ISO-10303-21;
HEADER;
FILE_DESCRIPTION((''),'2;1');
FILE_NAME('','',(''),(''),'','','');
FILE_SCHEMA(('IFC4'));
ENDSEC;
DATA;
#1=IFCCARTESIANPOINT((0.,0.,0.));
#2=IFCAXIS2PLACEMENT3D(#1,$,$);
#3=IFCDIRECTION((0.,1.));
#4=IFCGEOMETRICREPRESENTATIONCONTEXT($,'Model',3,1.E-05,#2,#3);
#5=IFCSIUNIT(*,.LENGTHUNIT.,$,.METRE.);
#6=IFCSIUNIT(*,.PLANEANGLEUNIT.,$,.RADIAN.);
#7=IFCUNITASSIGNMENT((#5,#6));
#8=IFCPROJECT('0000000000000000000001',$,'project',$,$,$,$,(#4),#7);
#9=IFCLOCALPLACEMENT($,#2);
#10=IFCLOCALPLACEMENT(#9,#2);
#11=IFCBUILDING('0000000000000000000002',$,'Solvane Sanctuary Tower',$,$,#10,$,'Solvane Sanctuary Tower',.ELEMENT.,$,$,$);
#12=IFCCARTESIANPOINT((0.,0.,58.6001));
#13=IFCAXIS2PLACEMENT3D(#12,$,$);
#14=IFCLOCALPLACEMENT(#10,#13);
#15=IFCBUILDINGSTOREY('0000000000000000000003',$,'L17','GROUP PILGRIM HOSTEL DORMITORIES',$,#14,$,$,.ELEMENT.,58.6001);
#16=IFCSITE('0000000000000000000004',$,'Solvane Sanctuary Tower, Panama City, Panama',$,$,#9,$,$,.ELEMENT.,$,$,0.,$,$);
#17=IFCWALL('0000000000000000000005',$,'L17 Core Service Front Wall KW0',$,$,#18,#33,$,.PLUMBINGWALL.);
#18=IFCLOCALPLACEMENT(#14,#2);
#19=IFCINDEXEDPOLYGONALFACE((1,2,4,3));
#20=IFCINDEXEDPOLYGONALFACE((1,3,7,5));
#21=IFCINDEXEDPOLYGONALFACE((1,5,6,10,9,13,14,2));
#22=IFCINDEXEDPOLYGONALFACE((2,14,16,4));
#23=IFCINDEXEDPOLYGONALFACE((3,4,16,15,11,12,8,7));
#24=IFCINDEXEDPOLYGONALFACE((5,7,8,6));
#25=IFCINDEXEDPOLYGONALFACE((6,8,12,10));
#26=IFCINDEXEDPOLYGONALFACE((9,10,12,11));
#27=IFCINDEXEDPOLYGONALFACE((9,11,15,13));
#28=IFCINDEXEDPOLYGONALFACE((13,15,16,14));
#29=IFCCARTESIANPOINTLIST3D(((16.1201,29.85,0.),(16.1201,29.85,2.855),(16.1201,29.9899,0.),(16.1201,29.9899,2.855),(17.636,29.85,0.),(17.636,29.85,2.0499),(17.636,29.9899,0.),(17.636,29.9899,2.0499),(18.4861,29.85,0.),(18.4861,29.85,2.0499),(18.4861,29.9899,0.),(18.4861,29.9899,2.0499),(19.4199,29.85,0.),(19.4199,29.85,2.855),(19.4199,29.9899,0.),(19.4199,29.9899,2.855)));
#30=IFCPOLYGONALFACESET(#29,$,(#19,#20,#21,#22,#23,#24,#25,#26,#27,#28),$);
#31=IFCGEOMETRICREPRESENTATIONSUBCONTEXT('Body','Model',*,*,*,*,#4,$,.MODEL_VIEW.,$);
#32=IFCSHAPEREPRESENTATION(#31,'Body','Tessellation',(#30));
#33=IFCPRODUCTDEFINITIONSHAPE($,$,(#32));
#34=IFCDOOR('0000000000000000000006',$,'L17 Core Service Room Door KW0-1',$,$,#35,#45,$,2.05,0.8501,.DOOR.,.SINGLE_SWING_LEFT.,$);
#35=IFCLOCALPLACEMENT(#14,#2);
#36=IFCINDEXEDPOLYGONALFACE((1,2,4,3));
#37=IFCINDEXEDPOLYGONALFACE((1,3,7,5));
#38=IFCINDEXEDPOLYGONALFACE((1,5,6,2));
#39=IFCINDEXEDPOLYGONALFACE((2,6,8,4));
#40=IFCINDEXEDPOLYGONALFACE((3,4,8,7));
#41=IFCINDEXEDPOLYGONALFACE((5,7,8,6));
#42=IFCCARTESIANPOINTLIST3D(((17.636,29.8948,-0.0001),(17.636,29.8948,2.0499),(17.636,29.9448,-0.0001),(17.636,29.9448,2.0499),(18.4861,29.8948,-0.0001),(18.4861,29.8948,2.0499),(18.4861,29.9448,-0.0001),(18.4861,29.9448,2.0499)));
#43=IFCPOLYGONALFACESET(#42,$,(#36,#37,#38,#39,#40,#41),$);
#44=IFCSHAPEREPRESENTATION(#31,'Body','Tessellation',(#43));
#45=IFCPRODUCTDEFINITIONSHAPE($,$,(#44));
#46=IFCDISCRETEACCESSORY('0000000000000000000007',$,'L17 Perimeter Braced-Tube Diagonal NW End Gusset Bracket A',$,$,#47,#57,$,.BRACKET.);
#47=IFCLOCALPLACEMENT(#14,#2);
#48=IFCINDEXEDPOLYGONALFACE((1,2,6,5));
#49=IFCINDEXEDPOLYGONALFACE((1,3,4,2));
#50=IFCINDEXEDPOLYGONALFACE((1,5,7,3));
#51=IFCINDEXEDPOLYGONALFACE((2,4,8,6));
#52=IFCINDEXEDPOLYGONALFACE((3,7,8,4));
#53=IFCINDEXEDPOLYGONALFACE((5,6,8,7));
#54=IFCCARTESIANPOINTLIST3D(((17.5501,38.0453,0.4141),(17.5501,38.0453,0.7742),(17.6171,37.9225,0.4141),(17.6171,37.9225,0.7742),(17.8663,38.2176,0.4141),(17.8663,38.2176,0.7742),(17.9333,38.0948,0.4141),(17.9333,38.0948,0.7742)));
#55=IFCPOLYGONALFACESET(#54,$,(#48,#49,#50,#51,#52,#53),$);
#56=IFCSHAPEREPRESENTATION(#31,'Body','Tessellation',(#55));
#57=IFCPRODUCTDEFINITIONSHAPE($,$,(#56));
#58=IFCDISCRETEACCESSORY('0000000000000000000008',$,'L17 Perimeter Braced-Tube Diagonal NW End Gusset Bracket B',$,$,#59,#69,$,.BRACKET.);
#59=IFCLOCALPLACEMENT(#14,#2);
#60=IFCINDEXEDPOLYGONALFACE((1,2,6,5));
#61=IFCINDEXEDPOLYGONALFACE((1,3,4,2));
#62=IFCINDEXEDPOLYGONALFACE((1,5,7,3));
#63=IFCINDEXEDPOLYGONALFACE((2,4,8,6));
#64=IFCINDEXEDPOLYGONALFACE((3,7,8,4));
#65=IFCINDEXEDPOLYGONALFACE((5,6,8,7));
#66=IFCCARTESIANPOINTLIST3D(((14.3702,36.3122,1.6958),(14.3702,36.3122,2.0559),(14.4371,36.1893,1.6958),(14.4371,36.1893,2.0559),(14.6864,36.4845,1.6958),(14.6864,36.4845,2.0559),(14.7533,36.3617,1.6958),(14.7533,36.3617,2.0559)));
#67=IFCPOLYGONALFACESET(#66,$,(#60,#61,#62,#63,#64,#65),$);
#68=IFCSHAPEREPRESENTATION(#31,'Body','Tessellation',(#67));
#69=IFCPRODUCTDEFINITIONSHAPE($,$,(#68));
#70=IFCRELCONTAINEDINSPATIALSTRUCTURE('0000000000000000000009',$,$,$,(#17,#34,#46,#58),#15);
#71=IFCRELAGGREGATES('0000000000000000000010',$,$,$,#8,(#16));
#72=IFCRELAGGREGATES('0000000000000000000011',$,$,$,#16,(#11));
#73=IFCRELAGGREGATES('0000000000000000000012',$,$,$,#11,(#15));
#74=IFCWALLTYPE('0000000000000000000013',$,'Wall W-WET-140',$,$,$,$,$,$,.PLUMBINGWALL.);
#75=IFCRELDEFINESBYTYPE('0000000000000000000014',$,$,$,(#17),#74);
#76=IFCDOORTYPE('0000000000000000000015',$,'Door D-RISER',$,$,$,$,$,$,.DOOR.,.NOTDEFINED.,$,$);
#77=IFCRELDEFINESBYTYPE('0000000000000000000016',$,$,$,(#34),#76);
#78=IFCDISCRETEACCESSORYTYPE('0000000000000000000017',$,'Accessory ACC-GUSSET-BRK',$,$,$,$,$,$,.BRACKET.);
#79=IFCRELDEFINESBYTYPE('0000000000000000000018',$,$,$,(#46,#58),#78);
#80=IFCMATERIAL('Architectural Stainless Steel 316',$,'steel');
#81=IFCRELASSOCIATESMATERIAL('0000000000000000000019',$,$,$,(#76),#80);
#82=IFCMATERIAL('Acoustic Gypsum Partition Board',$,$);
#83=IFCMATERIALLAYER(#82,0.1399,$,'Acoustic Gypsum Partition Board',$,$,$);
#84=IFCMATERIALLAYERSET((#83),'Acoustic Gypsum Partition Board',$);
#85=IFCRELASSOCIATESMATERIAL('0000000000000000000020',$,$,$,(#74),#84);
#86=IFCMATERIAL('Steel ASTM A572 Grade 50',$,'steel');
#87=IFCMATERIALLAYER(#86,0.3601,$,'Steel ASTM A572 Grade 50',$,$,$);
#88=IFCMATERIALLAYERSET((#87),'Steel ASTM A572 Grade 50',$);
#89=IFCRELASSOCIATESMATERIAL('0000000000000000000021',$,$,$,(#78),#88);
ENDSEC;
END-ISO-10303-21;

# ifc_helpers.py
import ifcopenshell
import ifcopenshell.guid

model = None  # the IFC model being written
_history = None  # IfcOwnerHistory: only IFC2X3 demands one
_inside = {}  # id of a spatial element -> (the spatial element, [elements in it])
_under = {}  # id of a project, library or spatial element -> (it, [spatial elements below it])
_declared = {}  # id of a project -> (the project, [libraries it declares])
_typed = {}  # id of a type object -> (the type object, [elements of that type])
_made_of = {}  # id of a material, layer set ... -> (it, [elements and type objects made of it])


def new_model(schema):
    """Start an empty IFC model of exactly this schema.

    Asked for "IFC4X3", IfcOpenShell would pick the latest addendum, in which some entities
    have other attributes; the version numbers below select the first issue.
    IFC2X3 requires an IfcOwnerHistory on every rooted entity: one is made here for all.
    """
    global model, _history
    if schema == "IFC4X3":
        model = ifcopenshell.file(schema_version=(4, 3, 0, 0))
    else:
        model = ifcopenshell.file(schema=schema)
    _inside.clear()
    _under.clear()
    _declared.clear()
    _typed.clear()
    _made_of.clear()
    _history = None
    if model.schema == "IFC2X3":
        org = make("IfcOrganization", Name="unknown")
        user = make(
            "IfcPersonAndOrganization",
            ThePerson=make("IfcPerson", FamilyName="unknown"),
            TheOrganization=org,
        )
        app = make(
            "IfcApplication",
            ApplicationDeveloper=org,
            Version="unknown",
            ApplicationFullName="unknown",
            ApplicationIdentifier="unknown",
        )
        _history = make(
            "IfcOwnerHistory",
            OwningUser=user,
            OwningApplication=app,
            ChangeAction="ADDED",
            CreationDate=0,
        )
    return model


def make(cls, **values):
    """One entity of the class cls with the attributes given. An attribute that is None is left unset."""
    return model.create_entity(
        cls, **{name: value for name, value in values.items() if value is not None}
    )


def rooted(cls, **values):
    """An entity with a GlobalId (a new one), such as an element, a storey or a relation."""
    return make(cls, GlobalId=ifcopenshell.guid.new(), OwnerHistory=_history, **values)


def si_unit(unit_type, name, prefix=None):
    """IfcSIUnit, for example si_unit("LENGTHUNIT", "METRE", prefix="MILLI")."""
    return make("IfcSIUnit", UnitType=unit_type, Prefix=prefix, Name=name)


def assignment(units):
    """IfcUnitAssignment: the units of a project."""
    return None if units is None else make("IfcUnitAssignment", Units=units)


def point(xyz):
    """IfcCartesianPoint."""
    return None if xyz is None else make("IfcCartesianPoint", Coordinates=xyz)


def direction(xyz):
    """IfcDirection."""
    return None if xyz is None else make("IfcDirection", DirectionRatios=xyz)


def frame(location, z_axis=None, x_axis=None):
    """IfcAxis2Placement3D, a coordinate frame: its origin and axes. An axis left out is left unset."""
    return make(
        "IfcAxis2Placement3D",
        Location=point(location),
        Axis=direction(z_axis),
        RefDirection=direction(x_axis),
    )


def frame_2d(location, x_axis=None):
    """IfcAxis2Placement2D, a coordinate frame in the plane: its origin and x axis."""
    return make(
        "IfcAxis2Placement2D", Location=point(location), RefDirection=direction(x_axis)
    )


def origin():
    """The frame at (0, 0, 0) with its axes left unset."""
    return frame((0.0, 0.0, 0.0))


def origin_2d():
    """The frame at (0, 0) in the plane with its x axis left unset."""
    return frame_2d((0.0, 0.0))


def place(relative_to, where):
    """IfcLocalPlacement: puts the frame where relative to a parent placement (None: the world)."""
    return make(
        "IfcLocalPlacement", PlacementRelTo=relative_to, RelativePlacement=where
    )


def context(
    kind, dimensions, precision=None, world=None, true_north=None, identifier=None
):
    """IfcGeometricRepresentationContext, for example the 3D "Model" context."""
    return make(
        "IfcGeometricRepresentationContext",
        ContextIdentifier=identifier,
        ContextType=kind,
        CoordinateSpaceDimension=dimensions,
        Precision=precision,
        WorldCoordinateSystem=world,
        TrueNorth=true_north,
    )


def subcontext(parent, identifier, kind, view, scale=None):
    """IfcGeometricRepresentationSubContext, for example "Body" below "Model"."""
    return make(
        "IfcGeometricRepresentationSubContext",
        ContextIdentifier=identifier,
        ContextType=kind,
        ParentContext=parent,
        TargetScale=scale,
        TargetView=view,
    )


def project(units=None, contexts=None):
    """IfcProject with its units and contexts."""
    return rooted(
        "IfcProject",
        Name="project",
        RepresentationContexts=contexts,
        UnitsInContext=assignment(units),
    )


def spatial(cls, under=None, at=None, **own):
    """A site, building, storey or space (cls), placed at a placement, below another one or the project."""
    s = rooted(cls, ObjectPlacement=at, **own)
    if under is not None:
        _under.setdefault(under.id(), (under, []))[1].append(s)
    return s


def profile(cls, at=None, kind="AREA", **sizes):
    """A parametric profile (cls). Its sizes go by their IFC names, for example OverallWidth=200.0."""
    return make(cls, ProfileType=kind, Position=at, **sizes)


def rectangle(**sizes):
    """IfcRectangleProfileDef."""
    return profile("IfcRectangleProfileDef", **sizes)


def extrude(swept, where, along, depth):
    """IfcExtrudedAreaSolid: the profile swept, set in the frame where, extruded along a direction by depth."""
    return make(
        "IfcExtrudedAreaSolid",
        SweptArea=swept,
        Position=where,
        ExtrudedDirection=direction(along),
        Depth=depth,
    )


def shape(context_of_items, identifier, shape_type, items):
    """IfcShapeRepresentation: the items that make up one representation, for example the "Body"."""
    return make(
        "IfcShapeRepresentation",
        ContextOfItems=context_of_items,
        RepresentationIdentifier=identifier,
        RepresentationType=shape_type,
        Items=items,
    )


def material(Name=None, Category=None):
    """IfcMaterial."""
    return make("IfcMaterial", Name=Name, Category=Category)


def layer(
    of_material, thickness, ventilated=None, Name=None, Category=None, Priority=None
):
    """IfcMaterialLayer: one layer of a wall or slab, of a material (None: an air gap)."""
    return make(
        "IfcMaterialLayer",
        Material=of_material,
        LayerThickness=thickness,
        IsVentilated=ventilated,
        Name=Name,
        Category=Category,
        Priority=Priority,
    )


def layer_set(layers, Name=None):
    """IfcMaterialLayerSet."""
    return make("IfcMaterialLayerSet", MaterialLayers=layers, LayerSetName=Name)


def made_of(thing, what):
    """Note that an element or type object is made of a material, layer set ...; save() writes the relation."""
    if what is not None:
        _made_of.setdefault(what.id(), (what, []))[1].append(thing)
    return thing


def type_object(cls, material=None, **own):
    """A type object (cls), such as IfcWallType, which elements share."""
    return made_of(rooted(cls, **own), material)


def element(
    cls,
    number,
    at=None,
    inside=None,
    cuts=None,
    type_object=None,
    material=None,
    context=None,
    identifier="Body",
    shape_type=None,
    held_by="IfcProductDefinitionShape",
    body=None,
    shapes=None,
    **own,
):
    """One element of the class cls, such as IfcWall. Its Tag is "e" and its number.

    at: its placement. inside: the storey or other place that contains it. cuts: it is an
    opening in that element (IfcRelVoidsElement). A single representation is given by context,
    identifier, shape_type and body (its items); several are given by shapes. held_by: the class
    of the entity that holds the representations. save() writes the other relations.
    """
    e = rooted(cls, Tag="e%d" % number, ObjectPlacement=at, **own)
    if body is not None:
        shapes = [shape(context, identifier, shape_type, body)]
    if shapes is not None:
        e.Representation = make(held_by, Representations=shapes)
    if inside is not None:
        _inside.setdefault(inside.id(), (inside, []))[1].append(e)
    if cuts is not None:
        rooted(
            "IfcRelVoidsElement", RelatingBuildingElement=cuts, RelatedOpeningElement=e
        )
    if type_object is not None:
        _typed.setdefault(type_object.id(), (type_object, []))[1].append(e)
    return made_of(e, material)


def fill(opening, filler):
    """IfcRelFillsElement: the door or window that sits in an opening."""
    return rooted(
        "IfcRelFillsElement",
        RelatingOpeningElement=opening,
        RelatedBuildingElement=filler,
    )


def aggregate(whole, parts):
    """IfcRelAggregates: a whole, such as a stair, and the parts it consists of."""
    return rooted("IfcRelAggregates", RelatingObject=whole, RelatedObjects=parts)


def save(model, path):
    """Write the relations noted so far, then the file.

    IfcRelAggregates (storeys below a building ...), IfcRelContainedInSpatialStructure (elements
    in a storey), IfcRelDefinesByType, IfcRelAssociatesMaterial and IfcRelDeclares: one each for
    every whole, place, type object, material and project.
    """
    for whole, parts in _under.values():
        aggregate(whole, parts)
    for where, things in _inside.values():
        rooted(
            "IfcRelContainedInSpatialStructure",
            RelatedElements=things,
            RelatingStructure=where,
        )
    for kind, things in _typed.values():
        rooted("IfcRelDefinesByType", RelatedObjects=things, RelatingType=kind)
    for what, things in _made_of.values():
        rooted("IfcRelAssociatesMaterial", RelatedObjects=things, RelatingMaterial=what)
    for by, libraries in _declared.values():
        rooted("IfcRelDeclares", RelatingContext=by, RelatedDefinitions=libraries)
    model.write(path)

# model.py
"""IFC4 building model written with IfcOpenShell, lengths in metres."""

from ifc_helpers import new_model, si_unit, direction, frame, frame_2d, origin, origin_2d, place, context, subcontext, project, spatial, rectangle, extrude, material, layer, layer_set, type_object, element, fill, save


model = new_model("IFC4")

# Units and contexts
model_context = context("Model", 3, precision=1e-05, world=origin(), true_north=direction((0.0, 1.0)))
body_context = subcontext(model_context, "Body", "Model", "MODEL_VIEW")
ifc_project = project(units=[si_unit("LENGTHUNIT", "METRE"), si_unit("PLANEANGLEUNIT", "RADIAN")], contexts=[model_context])

# Site, building, storey
site_placement = place(None, origin())
site = spatial("IfcSite", under=ifc_project, at=site_placement, Name="Solvane Sanctuary Tower, Panama City, Panama", CompositionType="ELEMENT", RefElevation=0.0)
building_placement = place(site_placement, origin())
building = spatial("IfcBuilding", under=site, at=building_placement, Name="Solvane Sanctuary Tower", LongName="Solvane Sanctuary Tower", CompositionType="ELEMENT")
storey_placement = place(building_placement, frame((0.0, 0.0, 58.6001)))
storey = spatial("IfcBuildingStorey", under=building, at=storey_placement, Name="L17", Description="GROUP PILGRIM HOSTEL DORMITORIES", CompositionType="ELEMENT", Elevation=58.6001)

# Shared definitions
ifc_material_1 = material(Name="Acoustic Gypsum Partition Board")

# Shared definitions
ifc_material_2 = material(Name="Architectural Stainless Steel 316", Category="steel")
door_type_1 = type_object("IfcDoorType", Name="Door D-RISER", OperationType="NOTDEFINED", PredefinedType="DOOR", material=ifc_material_2)

# Wall, opening, door
ifc_layer_1 = layer(ifc_material_1, 0.1399, Name="Acoustic Gypsum Partition Board")
ifc_layer_set_1 = layer_set([ifc_layer_1], Name="Acoustic Gypsum Partition Board")
wall_type_1 = type_object("IfcWallType", Name="Wall W-WET-140", PredefinedType="PLUMBINGWALL", material=ifc_layer_set_1)
wall_1_placement = place(storey_placement, frame((16.1201, 29.9199, 0.0), z_axis=(0.0, 0.0, 1.0), x_axis=(1.0, 0.0, 0.0)))
wall_1 = element("IfcWall", 1, at=wall_1_placement, inside=storey, type_object=wall_type_1, Name="L17 Core Service Front Wall KW0", PredefinedType="PLUMBINGWALL", context=body_context, shape_type="SweptSolid", body=[
    extrude(rectangle(XDim=3.2998, YDim=0.1399, at=frame_2d((1.6499, 0.0))), origin(), (0.0, 0.0, 1.0), 2.855),
])
opening_1_placement = place(wall_1_placement, frame((1.5159, 0.0, 0.0)))
opening_1 = element("IfcOpeningElement", 2, at=opening_1_placement, cuts=wall_1, PredefinedType="OPENING", context=body_context, shape_type="SweptSolid", body=[
    extrude(rectangle(XDim=0.8501, YDim=2.05, at=frame_2d((0.425, 1.0249))), frame((0.0, 0.0798, 0.0), z_axis=(0.0, -1.0, 0.0), x_axis=(1.0, 0.0, 0.0)), (0.0, 0.0, 1.0), 0.1599),
])
door_1_placement = place(opening_1_placement, origin())
door_1 = element("IfcDoor", 3, at=door_1_placement, inside=storey, type_object=door_type_1, Name="L17 Core Service Room Door KW0-1", OperationType="SINGLE_SWING_LEFT", OverallHeight=2.05, OverallWidth=0.8501, PredefinedType="DOOR", context=body_context, shape_type="SweptSolid", body=[
    extrude(rectangle(XDim=0.8501, YDim=2.05, at=frame_2d((0.425, 1.0249))), frame((0.0, 0.0249, 0.0), z_axis=(0.0, -1.0, 0.0), x_axis=(1.0, 0.0, 0.0)), (0.0, 0.0, 1.0), 0.05),
])
fill(opening_1, door_1)

# Discrete accessories
ifc_material_3 = material(Name="Steel ASTM A572 Grade 50", Category="steel")
ifc_layer_2 = layer(ifc_material_3, 0.3601, Name="Steel ASTM A572 Grade 50")
ifc_layer_set_2 = layer_set([ifc_layer_2], Name="Steel ASTM A572 Grade 50")
discrete_accessory_type = type_object("IfcDiscreteAccessoryType", Name="Accessory ACC-GUSSET-BRK", PredefinedType="BRACKET", material=ifc_layer_set_2)
for number, where, z_axis, x_axis, name in (
    (4, (17.7417, 38.0701, 0.4141), (0.0, 0.0, 1.0), (-0.878067, -0.478539, 0.0), "L17 Perimeter Braced-Tube Diagonal NW End Gusset Bracket A"),
    (5, (14.5618, 36.3369, 1.6958), (0.0, 0.0, 1.0), (-0.878067, -0.478539, 0.0), "L17 Perimeter Braced-Tube Diagonal NW End Gusset Bracket B"),
):
    element("IfcDiscreteAccessory", number, at=place(storey_placement, frame(where, z_axis=z_axis, x_axis=x_axis)), inside=storey, type_object=discrete_accessory_type, Name=name, PredefinedType="BRACKET", context=body_context, shape_type="SweptSolid", body=[
        extrude(rectangle(XDim=0.3601, YDim=0.1399, at=origin_2d()), origin(), (0.0, 0.0, 1.0), 0.3601),
    ])

save(model, "model.ifc")
